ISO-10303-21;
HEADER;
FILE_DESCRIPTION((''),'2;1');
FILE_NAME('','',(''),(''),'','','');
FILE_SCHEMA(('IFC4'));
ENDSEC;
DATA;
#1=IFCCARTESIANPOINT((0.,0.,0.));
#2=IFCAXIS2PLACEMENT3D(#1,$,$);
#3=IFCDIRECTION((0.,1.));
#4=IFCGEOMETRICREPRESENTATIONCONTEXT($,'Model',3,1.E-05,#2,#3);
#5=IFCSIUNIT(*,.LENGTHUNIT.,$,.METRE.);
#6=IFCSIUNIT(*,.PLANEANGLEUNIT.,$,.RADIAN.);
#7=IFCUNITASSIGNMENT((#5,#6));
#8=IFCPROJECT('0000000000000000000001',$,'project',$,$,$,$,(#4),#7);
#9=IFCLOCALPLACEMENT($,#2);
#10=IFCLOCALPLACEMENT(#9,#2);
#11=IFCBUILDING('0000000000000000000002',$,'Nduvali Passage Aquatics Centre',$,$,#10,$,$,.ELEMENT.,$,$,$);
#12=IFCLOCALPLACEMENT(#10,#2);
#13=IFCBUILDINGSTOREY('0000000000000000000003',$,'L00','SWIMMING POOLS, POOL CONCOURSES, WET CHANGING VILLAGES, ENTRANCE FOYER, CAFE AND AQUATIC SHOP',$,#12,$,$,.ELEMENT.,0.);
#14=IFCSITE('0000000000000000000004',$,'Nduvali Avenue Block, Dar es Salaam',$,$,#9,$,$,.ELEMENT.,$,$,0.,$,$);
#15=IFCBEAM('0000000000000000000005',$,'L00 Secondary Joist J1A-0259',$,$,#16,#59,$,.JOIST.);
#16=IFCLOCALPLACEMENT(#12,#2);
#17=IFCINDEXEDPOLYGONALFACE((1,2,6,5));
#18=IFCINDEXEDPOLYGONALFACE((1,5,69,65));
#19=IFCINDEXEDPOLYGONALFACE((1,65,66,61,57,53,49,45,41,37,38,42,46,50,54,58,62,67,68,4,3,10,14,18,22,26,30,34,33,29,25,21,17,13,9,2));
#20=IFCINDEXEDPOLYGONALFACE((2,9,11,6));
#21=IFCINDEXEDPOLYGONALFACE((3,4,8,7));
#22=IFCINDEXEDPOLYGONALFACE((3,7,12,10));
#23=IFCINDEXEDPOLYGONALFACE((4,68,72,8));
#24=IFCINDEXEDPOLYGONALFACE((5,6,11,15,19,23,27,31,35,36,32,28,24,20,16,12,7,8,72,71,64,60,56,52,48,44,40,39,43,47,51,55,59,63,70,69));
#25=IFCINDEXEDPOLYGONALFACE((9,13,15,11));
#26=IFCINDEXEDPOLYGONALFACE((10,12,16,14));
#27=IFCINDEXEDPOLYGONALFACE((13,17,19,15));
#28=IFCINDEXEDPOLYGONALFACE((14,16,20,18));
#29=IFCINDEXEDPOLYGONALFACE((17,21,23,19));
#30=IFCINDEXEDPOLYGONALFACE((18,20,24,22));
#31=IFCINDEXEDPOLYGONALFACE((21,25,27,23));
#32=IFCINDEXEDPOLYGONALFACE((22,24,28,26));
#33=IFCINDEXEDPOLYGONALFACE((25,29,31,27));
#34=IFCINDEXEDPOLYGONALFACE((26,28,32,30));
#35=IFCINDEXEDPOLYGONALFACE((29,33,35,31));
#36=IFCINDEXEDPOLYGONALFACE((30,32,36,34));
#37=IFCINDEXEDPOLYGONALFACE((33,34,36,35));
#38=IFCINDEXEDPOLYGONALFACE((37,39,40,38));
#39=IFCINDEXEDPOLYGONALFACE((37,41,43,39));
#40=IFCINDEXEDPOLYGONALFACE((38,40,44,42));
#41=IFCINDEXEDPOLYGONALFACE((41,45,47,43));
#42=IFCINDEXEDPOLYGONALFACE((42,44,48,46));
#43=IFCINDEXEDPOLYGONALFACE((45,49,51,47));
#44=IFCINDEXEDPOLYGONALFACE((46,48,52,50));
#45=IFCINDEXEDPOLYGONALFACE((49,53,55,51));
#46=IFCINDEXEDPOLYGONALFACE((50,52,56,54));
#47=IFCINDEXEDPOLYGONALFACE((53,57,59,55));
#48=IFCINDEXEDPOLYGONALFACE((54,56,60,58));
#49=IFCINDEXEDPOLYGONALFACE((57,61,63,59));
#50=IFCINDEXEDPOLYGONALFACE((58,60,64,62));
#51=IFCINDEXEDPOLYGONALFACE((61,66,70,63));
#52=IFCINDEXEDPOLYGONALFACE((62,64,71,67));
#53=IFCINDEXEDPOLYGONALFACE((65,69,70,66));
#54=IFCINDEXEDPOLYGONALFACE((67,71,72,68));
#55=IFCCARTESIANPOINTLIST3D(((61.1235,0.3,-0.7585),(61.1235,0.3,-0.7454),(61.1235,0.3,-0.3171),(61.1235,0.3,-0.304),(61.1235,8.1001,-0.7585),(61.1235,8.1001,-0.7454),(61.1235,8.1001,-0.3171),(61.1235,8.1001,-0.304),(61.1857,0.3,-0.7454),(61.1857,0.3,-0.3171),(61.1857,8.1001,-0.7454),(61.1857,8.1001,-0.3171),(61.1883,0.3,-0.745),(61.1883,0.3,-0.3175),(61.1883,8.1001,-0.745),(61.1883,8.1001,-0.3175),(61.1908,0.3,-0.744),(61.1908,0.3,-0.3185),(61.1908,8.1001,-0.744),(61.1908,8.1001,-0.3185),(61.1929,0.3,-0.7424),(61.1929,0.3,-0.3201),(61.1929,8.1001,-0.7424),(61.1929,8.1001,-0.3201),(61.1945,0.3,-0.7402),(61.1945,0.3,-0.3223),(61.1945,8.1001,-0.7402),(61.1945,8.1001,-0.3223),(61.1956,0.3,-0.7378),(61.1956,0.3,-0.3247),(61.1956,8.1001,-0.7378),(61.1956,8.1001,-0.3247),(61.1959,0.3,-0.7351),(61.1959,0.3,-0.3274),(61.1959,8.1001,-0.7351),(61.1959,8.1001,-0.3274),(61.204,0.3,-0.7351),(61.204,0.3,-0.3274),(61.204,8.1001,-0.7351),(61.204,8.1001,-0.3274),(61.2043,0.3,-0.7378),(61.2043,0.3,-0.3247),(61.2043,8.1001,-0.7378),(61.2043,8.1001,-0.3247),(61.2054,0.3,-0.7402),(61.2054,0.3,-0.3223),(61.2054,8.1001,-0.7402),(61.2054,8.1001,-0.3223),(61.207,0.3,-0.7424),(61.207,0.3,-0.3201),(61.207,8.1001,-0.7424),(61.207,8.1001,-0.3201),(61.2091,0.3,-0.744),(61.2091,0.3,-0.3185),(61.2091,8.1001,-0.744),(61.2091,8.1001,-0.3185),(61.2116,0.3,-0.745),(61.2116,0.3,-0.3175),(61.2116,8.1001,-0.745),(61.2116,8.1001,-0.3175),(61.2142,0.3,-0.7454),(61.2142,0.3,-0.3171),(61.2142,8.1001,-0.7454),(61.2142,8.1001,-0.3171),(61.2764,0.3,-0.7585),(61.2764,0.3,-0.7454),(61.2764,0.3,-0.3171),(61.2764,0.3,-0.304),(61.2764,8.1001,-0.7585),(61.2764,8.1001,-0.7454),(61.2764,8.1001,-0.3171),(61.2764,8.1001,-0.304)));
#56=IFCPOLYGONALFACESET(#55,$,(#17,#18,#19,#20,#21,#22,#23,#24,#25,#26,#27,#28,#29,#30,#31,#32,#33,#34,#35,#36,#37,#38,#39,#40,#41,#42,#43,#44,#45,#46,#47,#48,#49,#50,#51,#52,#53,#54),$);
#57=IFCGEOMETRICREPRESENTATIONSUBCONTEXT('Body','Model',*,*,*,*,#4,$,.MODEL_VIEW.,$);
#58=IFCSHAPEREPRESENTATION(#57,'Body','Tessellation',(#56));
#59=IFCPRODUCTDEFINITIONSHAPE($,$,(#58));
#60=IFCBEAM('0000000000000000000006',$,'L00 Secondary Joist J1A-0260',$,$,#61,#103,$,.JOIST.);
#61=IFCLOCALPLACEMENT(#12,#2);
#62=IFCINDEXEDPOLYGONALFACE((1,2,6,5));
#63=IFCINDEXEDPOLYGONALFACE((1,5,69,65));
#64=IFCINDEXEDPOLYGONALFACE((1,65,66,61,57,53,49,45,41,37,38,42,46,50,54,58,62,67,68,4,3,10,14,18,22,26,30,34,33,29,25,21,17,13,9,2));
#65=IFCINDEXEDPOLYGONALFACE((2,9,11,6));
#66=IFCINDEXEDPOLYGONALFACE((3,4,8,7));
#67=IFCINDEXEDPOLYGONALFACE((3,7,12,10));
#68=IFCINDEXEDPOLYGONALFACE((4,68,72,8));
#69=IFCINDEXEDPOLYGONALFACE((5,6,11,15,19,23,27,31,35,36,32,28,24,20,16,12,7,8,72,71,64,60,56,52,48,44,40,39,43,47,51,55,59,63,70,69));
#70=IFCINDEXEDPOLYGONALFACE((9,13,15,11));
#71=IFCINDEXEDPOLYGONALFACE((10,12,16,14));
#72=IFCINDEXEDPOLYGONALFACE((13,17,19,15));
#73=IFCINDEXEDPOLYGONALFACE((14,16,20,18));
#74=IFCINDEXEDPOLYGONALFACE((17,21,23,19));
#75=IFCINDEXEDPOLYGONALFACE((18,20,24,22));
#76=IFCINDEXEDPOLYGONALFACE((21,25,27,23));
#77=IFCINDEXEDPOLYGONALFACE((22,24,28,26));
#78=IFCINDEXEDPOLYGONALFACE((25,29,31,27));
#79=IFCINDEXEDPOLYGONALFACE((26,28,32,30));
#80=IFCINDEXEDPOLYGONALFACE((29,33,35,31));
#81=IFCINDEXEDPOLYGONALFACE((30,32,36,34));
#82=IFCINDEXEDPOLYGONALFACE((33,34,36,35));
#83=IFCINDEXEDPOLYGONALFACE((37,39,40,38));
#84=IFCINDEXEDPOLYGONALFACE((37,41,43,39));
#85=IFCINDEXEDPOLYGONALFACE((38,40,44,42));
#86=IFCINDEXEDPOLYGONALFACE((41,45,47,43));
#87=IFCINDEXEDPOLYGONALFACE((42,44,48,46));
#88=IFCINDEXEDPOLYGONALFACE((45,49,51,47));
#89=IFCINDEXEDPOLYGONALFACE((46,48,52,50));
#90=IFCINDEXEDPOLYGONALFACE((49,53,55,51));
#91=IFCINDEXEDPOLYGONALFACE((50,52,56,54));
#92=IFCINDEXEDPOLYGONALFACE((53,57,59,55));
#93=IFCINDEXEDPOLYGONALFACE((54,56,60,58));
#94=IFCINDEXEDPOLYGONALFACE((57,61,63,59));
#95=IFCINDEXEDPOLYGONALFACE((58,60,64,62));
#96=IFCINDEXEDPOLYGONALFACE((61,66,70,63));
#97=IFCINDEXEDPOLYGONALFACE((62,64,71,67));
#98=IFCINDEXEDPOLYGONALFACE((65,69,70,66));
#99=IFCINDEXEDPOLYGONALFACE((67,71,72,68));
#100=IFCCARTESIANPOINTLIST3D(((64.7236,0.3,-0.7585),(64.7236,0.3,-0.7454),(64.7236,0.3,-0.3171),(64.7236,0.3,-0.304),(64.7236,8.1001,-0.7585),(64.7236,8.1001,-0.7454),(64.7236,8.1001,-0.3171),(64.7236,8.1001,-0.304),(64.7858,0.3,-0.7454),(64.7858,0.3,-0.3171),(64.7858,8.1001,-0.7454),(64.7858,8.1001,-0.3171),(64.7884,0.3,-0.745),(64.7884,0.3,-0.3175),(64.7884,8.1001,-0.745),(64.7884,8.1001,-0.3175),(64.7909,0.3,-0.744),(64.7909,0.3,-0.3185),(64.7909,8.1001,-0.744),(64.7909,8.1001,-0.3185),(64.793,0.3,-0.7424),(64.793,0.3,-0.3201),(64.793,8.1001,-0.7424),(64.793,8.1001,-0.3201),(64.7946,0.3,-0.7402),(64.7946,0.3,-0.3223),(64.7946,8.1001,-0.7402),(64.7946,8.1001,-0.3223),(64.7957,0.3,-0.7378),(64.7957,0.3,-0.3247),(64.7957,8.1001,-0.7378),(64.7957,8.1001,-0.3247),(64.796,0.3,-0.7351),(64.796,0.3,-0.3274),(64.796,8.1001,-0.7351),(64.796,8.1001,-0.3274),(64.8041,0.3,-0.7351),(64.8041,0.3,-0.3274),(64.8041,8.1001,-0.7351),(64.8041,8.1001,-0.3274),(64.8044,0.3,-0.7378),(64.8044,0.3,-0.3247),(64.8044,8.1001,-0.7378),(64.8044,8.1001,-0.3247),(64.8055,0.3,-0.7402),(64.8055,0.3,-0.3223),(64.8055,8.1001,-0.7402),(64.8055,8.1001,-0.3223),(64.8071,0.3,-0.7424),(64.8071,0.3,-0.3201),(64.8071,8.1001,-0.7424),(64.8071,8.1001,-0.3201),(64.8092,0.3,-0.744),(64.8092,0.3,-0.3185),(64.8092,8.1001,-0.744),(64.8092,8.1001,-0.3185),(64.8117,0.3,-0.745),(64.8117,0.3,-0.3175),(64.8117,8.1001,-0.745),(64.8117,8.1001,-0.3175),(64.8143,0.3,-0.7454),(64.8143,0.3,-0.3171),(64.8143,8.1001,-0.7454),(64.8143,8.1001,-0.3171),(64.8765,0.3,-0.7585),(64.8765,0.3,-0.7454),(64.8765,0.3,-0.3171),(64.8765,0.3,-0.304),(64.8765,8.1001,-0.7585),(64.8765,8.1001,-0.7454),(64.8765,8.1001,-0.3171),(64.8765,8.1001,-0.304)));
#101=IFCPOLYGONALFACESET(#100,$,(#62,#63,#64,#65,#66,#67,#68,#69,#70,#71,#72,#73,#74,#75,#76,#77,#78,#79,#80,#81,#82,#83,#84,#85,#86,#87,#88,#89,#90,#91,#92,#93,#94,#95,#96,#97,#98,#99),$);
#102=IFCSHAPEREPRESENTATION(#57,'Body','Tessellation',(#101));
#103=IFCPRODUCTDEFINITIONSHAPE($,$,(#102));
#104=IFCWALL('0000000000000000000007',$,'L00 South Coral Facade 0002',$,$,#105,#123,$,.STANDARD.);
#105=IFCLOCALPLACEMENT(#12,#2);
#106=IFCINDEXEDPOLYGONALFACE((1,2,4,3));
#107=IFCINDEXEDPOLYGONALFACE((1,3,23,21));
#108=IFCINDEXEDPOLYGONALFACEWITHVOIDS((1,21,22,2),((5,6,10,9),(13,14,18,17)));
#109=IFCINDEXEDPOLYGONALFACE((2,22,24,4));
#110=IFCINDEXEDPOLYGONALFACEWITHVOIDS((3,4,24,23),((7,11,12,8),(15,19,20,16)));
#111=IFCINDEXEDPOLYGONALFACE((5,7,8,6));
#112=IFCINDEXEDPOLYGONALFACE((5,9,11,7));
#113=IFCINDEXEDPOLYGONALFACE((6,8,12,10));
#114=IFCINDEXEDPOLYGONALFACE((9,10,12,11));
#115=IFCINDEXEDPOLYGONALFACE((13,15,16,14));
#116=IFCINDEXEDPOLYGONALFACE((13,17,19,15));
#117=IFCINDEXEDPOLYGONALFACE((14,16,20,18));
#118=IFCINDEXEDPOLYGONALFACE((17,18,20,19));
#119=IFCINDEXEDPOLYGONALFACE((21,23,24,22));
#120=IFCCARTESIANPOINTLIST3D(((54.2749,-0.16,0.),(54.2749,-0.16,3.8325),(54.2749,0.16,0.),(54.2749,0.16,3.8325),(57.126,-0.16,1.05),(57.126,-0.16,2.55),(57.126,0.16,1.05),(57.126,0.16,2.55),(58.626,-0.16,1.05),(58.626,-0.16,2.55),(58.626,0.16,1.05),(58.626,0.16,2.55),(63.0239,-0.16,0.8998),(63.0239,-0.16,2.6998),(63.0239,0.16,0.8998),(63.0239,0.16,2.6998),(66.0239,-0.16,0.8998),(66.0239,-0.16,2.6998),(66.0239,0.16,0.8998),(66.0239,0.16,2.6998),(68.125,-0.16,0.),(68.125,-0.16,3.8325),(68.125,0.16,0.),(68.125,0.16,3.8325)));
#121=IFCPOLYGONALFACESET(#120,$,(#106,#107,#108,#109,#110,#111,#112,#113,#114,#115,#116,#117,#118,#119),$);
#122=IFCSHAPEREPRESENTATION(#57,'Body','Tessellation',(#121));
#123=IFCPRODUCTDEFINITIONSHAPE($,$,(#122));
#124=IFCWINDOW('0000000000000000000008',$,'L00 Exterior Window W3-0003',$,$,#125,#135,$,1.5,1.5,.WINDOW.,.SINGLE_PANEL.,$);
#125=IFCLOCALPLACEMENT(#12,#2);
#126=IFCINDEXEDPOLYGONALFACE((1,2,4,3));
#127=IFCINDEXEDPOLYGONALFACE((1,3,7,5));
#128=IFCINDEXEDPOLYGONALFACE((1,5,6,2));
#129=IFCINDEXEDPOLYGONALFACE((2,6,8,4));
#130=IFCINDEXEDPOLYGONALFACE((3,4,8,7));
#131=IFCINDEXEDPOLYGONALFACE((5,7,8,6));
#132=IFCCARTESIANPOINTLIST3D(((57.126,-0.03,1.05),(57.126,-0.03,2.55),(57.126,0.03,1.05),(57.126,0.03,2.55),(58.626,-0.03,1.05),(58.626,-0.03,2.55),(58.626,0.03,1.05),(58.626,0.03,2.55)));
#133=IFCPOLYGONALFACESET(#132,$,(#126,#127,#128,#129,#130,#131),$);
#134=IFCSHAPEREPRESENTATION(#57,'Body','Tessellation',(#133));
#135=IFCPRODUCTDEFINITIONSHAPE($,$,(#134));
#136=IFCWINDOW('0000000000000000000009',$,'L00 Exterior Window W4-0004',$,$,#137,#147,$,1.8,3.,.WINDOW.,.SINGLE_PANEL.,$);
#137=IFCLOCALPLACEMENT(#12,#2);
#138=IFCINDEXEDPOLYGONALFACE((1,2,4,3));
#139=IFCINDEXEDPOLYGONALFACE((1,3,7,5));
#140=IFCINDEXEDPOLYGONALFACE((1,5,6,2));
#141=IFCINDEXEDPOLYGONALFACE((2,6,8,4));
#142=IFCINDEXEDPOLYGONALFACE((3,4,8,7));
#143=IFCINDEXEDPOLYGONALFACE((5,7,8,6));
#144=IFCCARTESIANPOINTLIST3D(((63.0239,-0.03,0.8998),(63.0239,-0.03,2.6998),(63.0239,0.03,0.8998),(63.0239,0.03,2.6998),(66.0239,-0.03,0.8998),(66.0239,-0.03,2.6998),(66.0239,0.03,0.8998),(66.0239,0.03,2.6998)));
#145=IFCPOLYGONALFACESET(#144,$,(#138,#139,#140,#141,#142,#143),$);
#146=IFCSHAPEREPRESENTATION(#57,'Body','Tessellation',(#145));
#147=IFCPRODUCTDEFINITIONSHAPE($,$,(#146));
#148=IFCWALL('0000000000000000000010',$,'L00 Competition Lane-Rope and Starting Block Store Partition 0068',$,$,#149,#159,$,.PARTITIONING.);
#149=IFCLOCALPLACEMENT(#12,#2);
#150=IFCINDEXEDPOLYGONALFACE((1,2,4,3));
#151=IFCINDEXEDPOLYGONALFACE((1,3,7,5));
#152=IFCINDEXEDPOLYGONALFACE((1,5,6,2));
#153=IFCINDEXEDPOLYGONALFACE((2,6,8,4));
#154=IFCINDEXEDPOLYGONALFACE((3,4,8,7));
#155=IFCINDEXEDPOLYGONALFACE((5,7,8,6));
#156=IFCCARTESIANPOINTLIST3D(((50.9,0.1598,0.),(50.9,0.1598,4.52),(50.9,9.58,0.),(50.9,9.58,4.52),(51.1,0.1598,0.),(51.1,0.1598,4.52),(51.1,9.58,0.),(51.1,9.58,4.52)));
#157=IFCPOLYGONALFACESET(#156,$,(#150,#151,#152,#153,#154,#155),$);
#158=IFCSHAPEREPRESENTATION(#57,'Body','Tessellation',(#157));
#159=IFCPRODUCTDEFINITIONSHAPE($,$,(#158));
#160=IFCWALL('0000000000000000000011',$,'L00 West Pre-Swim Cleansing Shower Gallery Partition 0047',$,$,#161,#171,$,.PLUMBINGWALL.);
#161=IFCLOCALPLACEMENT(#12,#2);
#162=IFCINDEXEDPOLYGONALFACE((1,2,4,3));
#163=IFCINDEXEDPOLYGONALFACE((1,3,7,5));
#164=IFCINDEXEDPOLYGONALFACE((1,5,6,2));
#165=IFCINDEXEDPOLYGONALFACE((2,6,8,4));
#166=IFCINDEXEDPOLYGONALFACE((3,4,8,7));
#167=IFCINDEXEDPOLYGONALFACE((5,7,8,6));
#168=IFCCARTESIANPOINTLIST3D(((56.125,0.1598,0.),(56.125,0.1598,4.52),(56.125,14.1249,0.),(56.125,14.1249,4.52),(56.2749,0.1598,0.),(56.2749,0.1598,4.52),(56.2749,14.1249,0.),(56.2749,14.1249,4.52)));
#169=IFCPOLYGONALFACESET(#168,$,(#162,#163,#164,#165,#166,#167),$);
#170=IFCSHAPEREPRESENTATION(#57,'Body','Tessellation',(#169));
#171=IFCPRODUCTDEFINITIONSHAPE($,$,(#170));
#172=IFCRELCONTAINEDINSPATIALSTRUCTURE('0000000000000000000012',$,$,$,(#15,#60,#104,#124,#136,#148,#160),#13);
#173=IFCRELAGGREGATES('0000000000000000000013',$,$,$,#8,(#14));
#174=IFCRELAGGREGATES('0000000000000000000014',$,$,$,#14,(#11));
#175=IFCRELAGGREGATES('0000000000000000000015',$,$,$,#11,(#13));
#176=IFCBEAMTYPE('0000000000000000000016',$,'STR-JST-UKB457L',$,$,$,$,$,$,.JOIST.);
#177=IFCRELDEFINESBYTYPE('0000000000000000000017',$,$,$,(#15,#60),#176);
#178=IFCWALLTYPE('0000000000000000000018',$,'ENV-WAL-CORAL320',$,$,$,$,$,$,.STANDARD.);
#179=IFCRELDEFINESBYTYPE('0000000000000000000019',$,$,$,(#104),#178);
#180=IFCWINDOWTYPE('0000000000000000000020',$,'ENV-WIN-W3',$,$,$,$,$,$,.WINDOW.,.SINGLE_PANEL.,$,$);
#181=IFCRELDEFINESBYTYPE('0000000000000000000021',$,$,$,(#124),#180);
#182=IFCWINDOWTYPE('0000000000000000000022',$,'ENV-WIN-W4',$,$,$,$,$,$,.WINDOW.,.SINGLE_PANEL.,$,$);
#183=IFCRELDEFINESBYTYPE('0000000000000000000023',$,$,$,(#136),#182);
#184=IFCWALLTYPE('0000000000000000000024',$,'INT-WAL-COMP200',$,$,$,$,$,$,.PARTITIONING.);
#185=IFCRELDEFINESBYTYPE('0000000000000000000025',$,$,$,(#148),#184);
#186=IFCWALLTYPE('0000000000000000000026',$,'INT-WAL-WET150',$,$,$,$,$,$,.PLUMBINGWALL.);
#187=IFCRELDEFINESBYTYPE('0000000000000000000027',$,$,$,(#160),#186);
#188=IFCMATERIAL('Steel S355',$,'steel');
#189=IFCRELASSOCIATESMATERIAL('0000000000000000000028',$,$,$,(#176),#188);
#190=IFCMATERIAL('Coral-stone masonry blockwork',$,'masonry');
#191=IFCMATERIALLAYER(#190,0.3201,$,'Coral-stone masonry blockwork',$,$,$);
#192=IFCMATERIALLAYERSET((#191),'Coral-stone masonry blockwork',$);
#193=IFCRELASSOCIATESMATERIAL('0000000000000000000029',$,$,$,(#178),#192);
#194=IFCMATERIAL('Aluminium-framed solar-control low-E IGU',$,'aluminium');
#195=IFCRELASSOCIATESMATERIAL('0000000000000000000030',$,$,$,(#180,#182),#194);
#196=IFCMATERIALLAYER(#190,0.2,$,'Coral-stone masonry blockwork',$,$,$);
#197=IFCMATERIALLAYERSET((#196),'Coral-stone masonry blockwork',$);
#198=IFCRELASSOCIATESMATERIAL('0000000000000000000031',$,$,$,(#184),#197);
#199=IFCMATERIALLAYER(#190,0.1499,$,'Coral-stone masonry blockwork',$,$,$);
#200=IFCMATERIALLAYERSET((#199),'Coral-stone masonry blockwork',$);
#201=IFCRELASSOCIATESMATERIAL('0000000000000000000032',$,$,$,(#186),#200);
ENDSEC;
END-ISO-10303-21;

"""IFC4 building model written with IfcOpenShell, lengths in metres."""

from ifc_helpers import new_model, si_unit, direction, frame, frame_2d, origin, origin_2d, place, context, subcontext, project, spatial, rectangle, i_section, extrude, material, layer, layer_set, material_profile, profile_set, type_object, element, fill, save


model = new_model("IFC4")

# Units and contexts
model_context = context("Model", 3, precision=1e-05, world=origin(), true_north=direction((0.0, 1.0)))
body_context = subcontext(model_context, "Body", "Model", "MODEL_VIEW")
ifc_project = project(units=[si_unit("LENGTHUNIT", "METRE"), si_unit("PLANEANGLEUNIT", "RADIAN")], contexts=[model_context])

# Site, building, storey
site_placement = place(None, origin())
site = spatial("IfcSite", under=ifc_project, at=site_placement, Name="Nduvali Avenue Block, Dar es Salaam", CompositionType="ELEMENT", RefElevation=0.0)
building_placement = place(site_placement, origin())
building = spatial("IfcBuilding", under=site, at=building_placement, Name="Nduvali Passage Aquatics Centre", CompositionType="ELEMENT")
storey_placement = place(building_placement, origin())
storey = spatial("IfcBuildingStorey", under=building, at=storey_placement, Name="L00", Description="SWIMMING POOLS, POOL CONCOURSES, WET CHANGING VILLAGES, ENTRANCE FOYER, CAFE AND AQUATIC SHOP", CompositionType="ELEMENT", Elevation=0.0)

# Beams
ifc_material_1 = material(Name="Steel S355", Category="steel")
ifc_material_profile_1 = material_profile(ifc_material_1, i_section(OverallWidth=0.1528, OverallDepth=0.4546, WebThickness=0.0081, FlangeThickness=0.0132, FilletRadius=0.0103, at=origin_2d()), Name="UKB 457x152x60")
ifc_profile_set_1 = profile_set([ifc_material_profile_1], Name="Steel S355")
beam_type_1 = type_object("IfcBeamType", Name="STR-JST-UKB457L", PredefinedType="JOIST", material=ifc_profile_set_1)
for number, where, z_axis, x_axis, name in (
    (1, (61.2, 0.3, -0.5312), (0.0, 1.0, 0.0), (-1.0, 0.0, 0.0), "L00 Secondary Joist J1A-0259"),
    (2, (64.8, 0.3, -0.5312), (0.0, 1.0, 0.0), (-1.0, 0.0, 0.0), "L00 Secondary Joist J1A-0260"),
):
    element("IfcBeam", number, at=place(storey_placement, frame(where, z_axis=z_axis, x_axis=x_axis)), inside=storey, type_object=beam_type_1, Name=name, PredefinedType="JOIST", context=body_context, shape_type="SweptSolid", body=[
        extrude(i_section(OverallWidth=0.1528, OverallDepth=0.4546, WebThickness=0.0081, FlangeThickness=0.0132, FilletRadius=0.0103, at=origin_2d()), origin(), (0.0, 0.0, 1.0), 7.8),
    ])

# Wall, openings, windows
ifc_material_2 = material(Name="Coral-stone masonry blockwork", Category="masonry")
ifc_layer_1 = layer(ifc_material_2, 0.3201, Name="Coral-stone masonry blockwork")
ifc_layer_set_1 = layer_set([ifc_layer_1], Name="Coral-stone masonry blockwork")
wall_type_1 = type_object("IfcWallType", Name="ENV-WAL-CORAL320", PredefinedType="STANDARD", material=ifc_layer_set_1)
wall_1_placement = place(storey_placement, frame((54.2749, 0.0, 0.0), z_axis=(0.0, 0.0, 1.0), x_axis=(1.0, 0.0, 0.0)))
wall_1 = element("IfcWall", 3, at=wall_1_placement, inside=storey, type_object=wall_type_1, Name="L00 South Coral Facade 0002", PredefinedType="STANDARD", context=body_context, shape_type="SweptSolid", body=[
    extrude(rectangle(XDim=13.8501, YDim=0.3201, at=frame_2d((6.925, 0.0))), origin(), (0.0, 0.0, 1.0), 3.8325),
])
opening_1_placement = place(wall_1_placement, frame((2.8511, 0.0, 1.05)))
opening_1 = element("IfcOpeningElement", 4, at=opening_1_placement, cuts=wall_1, PredefinedType="OPENING", context=body_context, shape_type="SweptSolid", body=[
    extrude(rectangle(XDim=1.5, YDim=1.5, at=frame_2d((0.75, 0.75))), frame((0.0, 0.1748, 0.0), z_axis=(0.0, -1.0, 0.0), x_axis=(1.0, 0.0, 0.0)), (0.0, 0.0, 1.0), 0.3499),
])
opening_2_placement = place(wall_1_placement, frame((8.749, 0.0, 0.8999)))
opening_2 = element("IfcOpeningElement", 5, at=opening_2_placement, cuts=wall_1, PredefinedType="OPENING", context=body_context, shape_type="SweptSolid", body=[
    extrude(rectangle(XDim=3.0, YDim=1.8, at=frame_2d((1.5, 0.8999))), frame((0.0, 0.1748, 0.0), z_axis=(0.0, -1.0, 0.0), x_axis=(1.0, 0.0, 0.0)), (0.0, 0.0, 1.0), 0.3499),
])
ifc_material_3 = material(Name="Aluminium-framed solar-control low-E IGU", Category="aluminium")
window_type_1 = type_object("IfcWindowType", Name="ENV-WIN-W3", PartitioningType="SINGLE_PANEL", PredefinedType="WINDOW", material=ifc_material_3)
window_1_placement = place(opening_1_placement, origin())
window_1 = element("IfcWindow", 6, at=window_1_placement, inside=storey, type_object=window_type_1, Name="L00 Exterior Window W3-0003", OverallHeight=1.5, OverallWidth=1.5, PartitioningType="SINGLE_PANEL", PredefinedType="WINDOW", context=body_context, shape_type="SweptSolid", body=[
    extrude(rectangle(XDim=1.5, YDim=1.5, at=frame_2d((0.75, 0.75))), frame((0.0, 0.03, 0.0), z_axis=(0.0, -1.0, 0.0), x_axis=(1.0, 0.0, 0.0)), (0.0, 0.0, 1.0), 0.0601),
])
fill(opening_1, window_1)
window_type_2 = type_object("IfcWindowType", Name="ENV-WIN-W4", PartitioningType="SINGLE_PANEL", PredefinedType="WINDOW", material=ifc_material_3)
window_2_placement = place(opening_2_placement, origin())
window_2 = element("IfcWindow", 7, at=window_2_placement, inside=storey, type_object=window_type_2, Name="L00 Exterior Window W4-0004", OverallHeight=1.8, OverallWidth=3.0, PartitioningType="SINGLE_PANEL", PredefinedType="WINDOW", context=body_context, shape_type="SweptSolid", body=[
    extrude(rectangle(XDim=3.0, YDim=1.8, at=frame_2d((1.5, 0.8999))), frame((0.0, 0.03, 0.0), z_axis=(0.0, -1.0, 0.0), x_axis=(1.0, 0.0, 0.0)), (0.0, 0.0, 1.0), 0.0601),
])
fill(opening_2, window_2)

# Walls
ifc_layer_2 = layer(ifc_material_2, 0.2, Name="Coral-stone masonry blockwork")
ifc_layer_set_2 = layer_set([ifc_layer_2], Name="Coral-stone masonry blockwork")
wall_type_2 = type_object("IfcWallType", Name="INT-WAL-COMP200", PredefinedType="PARTITIONING", material=ifc_layer_set_2)
wall_2_placement = place(storey_placement, frame((51.0, 0.1599, 0.0), z_axis=(0.0, 0.0, 1.0), x_axis=(0.0, 1.0, 0.0)))
element("IfcWall", 8, at=wall_2_placement, inside=storey, type_object=wall_type_2, Name="L00 Competition Lane-Rope and Starting Block Store Partition 0068", PredefinedType="PARTITIONING", context=body_context, shape_type="SweptSolid", body=[
    extrude(rectangle(XDim=9.4202, YDim=0.2, at=frame_2d((4.71, 0.0))), origin(), (0.0, 0.0, 1.0), 4.52),
])
ifc_layer_3 = layer(ifc_material_2, 0.1499, Name="Coral-stone masonry blockwork")
ifc_layer_set_3 = layer_set([ifc_layer_3], Name="Coral-stone masonry blockwork")
wall_type_3 = type_object("IfcWallType", Name="INT-WAL-WET150", PredefinedType="PLUMBINGWALL", material=ifc_layer_set_3)
wall_3_placement = place(storey_placement, frame((56.2, 0.1599, 0.0), z_axis=(0.0, 0.0, 1.0), x_axis=(0.0, 1.0, 0.0)))
element("IfcWall", 9, at=wall_3_placement, inside=storey, type_object=wall_type_3, Name="L00 West Pre-Swim Cleansing Shower Gallery Partition 0047", PredefinedType="PLUMBINGWALL", context=body_context, shape_type="SweptSolid", body=[
    extrude(rectangle(XDim=13.9651, YDim=0.1499, at=frame_2d((6.9824, 0.0))), origin(), (0.0, 0.0, 1.0), 4.52),
])

save(model, "model.ifc")
